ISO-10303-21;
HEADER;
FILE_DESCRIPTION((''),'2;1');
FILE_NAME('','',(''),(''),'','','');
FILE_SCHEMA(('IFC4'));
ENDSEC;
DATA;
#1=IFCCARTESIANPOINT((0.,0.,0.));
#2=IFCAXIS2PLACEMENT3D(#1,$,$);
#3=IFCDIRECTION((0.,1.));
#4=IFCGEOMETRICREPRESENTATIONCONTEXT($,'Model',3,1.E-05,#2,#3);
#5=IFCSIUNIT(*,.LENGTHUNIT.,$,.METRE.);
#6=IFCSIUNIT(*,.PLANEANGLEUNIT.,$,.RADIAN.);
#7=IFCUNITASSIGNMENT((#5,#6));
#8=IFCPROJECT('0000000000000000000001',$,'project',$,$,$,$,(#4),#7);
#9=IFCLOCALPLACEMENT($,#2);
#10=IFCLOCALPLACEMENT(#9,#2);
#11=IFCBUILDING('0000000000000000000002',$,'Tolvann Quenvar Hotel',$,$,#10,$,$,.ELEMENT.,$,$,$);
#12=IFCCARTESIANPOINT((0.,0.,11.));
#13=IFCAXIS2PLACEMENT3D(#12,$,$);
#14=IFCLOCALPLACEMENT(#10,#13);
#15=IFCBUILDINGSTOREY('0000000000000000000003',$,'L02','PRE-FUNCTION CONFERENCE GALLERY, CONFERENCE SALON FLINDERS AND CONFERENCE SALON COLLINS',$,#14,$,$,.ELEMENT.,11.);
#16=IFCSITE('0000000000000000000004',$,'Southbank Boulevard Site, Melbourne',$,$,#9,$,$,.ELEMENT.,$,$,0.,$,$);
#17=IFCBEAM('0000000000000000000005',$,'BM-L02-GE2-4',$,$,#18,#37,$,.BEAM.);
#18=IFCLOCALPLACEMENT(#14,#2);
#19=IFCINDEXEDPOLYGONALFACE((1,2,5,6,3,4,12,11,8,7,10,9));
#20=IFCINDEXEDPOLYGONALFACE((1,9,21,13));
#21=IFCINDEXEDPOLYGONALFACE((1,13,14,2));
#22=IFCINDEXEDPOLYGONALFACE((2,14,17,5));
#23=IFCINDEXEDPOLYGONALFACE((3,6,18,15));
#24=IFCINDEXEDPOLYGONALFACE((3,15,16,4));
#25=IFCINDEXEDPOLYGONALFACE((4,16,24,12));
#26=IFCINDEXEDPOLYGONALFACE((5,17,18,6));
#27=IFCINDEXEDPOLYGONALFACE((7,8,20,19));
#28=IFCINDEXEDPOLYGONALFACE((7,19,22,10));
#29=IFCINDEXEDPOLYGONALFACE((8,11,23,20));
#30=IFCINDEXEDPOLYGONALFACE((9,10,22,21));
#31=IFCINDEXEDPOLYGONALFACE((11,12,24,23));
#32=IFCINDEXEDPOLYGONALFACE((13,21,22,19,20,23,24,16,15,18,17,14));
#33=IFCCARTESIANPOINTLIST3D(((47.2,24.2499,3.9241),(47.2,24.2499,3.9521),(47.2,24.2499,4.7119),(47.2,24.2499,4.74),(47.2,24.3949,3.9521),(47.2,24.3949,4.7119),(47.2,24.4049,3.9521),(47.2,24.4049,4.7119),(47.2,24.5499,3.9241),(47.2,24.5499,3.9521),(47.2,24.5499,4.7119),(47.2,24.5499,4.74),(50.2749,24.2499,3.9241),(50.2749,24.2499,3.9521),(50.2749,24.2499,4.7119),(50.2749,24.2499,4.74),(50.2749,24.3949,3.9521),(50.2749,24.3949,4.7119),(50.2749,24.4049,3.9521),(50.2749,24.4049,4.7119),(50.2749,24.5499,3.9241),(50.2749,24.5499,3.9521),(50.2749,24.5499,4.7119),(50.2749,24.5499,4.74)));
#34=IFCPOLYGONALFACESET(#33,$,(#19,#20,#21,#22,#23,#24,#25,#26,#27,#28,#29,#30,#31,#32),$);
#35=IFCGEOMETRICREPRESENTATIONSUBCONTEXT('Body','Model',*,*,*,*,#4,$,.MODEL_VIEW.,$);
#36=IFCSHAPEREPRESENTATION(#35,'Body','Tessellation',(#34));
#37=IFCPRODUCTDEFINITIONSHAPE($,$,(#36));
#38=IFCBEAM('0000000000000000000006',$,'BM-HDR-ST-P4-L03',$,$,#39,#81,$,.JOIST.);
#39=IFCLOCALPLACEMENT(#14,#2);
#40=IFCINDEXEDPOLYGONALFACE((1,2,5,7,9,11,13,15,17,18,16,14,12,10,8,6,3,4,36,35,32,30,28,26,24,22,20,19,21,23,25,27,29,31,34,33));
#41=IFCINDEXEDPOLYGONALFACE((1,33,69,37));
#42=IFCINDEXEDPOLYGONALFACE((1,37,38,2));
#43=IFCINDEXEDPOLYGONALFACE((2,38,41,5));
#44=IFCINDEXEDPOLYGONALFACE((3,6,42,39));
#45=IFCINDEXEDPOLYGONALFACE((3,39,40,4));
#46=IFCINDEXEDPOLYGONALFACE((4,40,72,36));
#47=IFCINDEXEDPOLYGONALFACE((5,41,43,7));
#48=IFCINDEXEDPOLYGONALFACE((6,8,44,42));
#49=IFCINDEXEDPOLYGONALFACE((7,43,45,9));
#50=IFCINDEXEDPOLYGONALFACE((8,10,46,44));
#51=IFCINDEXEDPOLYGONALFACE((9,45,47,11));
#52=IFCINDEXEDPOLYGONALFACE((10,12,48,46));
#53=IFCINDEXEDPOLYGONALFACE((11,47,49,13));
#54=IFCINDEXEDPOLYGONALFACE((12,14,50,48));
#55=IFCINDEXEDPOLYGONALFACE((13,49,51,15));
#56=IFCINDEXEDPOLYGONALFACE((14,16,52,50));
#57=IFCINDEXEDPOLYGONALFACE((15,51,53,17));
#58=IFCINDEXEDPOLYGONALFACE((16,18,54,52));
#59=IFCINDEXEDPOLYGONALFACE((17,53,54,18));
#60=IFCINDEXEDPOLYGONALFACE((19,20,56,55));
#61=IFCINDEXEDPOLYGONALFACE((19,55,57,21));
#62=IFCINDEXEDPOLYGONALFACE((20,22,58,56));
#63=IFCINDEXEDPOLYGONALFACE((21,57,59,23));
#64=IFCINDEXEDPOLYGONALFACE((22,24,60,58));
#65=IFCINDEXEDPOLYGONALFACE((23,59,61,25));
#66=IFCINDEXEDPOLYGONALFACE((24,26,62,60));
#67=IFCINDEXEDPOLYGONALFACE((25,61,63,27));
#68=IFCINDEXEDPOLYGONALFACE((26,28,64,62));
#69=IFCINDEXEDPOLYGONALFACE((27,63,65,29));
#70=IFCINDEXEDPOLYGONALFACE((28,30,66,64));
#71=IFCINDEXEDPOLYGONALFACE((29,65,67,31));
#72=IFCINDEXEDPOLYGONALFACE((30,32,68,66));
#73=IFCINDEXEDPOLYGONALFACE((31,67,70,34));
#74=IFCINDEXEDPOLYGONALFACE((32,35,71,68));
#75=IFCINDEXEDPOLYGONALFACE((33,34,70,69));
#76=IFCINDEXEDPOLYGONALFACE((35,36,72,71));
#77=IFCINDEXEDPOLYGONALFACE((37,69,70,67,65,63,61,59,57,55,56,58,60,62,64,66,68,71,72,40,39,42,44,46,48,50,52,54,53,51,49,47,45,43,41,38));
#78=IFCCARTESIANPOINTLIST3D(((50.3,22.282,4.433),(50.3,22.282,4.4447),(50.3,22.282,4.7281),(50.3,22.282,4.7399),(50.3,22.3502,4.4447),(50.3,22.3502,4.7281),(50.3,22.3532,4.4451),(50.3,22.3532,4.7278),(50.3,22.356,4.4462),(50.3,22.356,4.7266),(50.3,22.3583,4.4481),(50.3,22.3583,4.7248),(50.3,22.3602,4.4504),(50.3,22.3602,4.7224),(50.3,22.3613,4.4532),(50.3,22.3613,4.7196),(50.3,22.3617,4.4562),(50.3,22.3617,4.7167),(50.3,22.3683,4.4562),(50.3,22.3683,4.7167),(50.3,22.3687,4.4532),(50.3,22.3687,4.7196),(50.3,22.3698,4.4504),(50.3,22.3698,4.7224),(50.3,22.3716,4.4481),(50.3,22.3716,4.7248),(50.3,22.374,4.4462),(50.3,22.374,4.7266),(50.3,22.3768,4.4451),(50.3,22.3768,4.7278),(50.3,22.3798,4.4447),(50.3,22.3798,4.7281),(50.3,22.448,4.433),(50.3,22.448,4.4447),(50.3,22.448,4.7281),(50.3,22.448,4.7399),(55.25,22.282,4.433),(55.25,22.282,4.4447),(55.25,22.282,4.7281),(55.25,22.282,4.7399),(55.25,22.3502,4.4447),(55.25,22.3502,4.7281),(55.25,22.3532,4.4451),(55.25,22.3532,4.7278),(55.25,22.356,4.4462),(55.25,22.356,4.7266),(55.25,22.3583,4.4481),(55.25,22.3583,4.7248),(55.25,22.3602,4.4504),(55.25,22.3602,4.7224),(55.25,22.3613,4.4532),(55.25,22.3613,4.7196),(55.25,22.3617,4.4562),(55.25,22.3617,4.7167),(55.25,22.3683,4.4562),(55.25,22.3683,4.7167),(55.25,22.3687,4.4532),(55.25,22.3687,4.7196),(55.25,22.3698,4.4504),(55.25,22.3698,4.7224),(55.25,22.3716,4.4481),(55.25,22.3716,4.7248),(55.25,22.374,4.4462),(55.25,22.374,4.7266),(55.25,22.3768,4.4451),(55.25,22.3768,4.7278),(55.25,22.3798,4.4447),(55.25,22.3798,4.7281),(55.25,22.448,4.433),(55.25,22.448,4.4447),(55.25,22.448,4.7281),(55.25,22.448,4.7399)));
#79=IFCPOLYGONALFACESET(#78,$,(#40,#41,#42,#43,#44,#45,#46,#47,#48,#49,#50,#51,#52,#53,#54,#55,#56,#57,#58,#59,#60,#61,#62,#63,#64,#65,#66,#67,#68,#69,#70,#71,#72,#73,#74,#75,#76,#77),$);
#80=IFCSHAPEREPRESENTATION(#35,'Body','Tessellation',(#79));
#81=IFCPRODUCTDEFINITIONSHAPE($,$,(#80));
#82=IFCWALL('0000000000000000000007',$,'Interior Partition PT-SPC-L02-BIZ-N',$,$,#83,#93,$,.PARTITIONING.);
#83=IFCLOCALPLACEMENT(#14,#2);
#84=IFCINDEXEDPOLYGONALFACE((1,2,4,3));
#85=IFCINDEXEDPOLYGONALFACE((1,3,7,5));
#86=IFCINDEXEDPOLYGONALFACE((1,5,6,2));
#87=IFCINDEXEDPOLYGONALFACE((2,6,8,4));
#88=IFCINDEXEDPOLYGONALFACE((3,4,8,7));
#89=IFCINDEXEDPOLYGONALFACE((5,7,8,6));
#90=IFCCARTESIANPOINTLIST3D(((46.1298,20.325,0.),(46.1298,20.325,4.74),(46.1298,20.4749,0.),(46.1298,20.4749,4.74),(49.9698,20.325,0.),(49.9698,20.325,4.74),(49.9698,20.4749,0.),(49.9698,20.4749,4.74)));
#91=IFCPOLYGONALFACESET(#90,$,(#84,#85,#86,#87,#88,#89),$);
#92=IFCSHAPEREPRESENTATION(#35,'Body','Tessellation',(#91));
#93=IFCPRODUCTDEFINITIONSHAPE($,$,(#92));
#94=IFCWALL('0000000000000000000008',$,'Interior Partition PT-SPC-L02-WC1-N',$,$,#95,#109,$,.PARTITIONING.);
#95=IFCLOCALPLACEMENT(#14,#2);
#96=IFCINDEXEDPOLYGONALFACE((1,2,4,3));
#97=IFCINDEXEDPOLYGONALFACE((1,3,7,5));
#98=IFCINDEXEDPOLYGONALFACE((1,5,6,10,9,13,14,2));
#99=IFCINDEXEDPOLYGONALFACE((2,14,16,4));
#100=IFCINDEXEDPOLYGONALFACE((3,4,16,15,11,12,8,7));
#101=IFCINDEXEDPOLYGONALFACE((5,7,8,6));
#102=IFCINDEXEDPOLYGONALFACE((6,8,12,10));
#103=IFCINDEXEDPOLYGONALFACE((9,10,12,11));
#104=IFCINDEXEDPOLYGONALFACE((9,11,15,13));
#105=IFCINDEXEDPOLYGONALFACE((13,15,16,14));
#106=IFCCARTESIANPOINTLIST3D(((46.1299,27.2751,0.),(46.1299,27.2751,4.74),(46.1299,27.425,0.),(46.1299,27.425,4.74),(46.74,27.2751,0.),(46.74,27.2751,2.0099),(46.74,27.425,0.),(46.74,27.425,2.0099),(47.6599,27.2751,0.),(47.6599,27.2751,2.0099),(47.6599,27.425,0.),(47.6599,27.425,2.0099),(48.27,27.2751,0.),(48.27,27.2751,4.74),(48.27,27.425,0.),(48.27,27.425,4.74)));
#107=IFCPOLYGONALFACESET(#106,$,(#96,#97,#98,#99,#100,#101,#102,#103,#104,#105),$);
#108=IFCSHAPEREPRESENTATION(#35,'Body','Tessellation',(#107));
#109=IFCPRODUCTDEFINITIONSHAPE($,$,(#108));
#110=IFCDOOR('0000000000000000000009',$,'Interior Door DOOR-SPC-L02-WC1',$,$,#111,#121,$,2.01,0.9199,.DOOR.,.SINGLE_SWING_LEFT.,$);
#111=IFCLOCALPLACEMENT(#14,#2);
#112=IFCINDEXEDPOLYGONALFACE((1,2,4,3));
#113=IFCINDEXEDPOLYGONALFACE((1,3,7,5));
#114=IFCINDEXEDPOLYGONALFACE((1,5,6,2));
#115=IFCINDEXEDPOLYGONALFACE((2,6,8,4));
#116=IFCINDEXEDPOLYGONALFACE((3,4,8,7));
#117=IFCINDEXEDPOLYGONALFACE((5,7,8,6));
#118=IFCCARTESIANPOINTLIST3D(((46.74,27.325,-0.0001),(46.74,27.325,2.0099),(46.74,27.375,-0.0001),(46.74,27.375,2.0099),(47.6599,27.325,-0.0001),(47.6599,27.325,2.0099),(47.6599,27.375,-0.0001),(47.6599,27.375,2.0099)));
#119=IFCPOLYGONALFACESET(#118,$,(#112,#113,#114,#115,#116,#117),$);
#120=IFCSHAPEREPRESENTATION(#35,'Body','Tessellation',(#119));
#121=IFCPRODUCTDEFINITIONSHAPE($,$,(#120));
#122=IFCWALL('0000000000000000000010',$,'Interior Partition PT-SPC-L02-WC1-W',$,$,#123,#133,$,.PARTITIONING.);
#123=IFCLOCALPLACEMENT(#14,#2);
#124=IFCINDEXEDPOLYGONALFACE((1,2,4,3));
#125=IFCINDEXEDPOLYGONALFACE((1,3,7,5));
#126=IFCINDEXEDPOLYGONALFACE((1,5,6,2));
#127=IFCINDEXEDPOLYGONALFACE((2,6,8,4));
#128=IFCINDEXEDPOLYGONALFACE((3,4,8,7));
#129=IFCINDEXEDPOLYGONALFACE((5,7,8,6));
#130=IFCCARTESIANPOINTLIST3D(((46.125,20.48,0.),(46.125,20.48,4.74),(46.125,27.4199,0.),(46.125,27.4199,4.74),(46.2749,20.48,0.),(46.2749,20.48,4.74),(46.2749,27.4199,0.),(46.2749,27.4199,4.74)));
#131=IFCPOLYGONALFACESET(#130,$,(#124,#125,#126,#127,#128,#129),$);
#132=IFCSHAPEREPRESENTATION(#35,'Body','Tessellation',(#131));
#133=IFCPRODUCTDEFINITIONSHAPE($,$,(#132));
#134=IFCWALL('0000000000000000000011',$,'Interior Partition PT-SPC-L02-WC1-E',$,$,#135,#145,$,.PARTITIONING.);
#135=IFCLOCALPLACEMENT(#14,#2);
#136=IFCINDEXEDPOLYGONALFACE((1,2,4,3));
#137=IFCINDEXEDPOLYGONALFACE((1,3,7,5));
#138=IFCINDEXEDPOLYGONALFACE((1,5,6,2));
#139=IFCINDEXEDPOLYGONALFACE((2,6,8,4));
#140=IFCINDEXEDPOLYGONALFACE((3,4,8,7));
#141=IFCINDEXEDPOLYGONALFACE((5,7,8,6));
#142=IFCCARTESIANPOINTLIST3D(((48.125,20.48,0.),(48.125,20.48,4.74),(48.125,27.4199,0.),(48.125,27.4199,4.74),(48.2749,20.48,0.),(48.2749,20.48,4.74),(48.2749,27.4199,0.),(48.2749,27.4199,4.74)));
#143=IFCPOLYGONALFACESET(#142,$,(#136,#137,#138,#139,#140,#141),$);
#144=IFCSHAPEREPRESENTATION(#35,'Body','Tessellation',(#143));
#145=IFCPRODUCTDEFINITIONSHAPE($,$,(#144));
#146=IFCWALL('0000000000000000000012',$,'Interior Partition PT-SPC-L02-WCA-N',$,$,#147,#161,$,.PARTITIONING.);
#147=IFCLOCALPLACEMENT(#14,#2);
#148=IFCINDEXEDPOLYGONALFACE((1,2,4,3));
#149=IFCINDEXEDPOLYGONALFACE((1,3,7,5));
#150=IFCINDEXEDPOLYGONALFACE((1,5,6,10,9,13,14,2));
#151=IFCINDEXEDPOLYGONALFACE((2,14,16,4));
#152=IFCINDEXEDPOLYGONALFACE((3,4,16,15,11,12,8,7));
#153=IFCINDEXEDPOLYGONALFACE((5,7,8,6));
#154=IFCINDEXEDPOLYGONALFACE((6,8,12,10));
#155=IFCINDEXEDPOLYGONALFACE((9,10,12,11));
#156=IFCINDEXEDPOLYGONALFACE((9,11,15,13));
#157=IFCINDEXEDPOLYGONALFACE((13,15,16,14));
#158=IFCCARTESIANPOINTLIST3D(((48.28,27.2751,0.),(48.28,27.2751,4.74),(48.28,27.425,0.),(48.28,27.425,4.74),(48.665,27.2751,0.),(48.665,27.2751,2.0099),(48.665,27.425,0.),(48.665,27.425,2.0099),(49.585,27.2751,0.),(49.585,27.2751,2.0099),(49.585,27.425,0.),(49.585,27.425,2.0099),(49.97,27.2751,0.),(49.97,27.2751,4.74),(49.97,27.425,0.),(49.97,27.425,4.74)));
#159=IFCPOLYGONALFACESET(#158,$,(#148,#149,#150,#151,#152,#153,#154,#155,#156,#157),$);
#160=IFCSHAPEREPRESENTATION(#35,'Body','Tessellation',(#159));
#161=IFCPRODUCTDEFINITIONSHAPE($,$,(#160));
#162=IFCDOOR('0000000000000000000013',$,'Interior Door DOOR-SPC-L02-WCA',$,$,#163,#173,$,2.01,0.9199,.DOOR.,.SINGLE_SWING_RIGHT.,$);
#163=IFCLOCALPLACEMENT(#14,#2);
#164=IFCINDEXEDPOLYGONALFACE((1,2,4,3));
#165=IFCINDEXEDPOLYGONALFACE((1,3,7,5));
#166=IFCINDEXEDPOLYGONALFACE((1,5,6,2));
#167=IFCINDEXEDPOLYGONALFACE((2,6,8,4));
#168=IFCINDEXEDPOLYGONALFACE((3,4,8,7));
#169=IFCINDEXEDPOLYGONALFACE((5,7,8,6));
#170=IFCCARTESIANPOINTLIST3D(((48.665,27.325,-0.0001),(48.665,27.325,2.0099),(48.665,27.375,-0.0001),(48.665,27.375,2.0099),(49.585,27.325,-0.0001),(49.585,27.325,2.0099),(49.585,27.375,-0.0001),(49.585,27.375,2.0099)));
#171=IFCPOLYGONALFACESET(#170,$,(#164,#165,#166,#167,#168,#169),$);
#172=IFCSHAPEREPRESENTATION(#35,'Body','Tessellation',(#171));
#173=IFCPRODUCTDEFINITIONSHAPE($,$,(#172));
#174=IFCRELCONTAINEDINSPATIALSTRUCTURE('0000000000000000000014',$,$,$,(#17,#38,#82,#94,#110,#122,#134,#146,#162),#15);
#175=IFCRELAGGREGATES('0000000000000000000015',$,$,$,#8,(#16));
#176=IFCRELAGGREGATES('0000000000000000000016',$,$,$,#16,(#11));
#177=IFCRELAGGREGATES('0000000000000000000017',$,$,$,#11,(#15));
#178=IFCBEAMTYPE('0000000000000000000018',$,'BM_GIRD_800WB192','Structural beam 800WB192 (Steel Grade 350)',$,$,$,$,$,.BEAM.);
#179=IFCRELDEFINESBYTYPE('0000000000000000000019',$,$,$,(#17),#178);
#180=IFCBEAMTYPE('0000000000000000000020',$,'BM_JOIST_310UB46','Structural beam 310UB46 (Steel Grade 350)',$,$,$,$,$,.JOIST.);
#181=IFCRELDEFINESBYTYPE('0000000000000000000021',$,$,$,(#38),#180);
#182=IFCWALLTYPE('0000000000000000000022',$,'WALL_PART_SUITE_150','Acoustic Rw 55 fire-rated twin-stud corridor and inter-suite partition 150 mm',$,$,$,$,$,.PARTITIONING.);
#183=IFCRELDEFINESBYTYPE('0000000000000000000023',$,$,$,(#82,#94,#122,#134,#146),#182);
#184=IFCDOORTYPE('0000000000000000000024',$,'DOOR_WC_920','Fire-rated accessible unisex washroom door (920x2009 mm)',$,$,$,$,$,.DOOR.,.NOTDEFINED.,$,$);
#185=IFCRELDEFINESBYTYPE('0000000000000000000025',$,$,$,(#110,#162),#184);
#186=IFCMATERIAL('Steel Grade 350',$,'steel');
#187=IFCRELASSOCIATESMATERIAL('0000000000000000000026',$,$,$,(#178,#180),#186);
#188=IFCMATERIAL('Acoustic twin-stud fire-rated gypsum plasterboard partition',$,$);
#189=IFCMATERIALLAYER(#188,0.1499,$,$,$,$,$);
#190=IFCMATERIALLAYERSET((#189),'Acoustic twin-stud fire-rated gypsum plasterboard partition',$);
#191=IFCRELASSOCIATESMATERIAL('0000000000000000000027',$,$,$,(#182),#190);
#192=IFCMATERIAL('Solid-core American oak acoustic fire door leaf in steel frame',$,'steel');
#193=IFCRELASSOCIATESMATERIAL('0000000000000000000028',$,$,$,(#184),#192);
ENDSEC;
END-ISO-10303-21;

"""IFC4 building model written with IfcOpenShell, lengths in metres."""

from ifc_helpers import new_model, si_unit, direction, frame, frame_2d, origin, origin_2d, place, context, subcontext, project, spatial, rectangle, i_section, extrude, source, transform, mapped, material, layer, layer_set, material_profile, profile_set, type_object, type_shapes, element, fill, save


model = new_model("IFC4")

# Units and contexts
model_context = context("Model", 3, precision=1e-05, world=origin(), true_north=direction((0.0, 1.0)))
body_context = subcontext(model_context, "Body", "Model", "MODEL_VIEW")
ifc_project = project(units=[si_unit("LENGTHUNIT", "METRE"), si_unit("PLANEANGLEUNIT", "RADIAN")], contexts=[model_context])

# Site, building, storey
site_placement = place(None, origin())
site = spatial("IfcSite", under=ifc_project, at=site_placement, Name="Southbank Boulevard Site, Melbourne", CompositionType="ELEMENT", RefElevation=0.0)
building_placement = place(site_placement, origin())
building = spatial("IfcBuilding", under=site, at=building_placement, Name="Tolvann Quenvar Hotel", CompositionType="ELEMENT")
storey_placement = place(building_placement, frame((0.0, 0.0, 11.0)))
storey = spatial("IfcBuildingStorey", under=building, at=storey_placement, Name="L02", Description="PRE-FUNCTION CONFERENCE GALLERY, CONFERENCE SALON FLINDERS AND CONFERENCE SALON COLLINS", CompositionType="ELEMENT", Elevation=11.0)

# Beams
ifc_material_1 = material(Name="Steel Grade 350", Category="steel")
ifc_material_profile_1 = material_profile(ifc_material_1, i_section(OverallWidth=0.3, OverallDepth=0.8159, WebThickness=0.01, FlangeThickness=0.0281, at=origin_2d()), Name="800WB192")
ifc_profile_set_1 = profile_set([ifc_material_profile_1], Name="Steel Grade 350")
beam_type_1 = type_object("IfcBeamType", Name="BM_GIRD_800WB192", Description="Structural beam 800WB192 (Steel Grade 350)", PredefinedType="BEAM", material=ifc_profile_set_1)
shared_shape_1 = source(origin(), body_context, "Body", "SweptSolid", [
    extrude(i_section(OverallWidth=0.3, OverallDepth=0.8159, WebThickness=0.01, FlangeThickness=0.0281, at=origin_2d()), origin(), (0.0, 0.0, 1.0), 3.075),
])
beam_1_placement = place(storey_placement, frame((47.2, 24.3999, 4.332), z_axis=(1.0, 0.0, 0.0), x_axis=(0.0, 1.0, 0.0)))
element("IfcBeam", 1, at=beam_1_placement, inside=storey, type_object=beam_type_1, Name="BM-L02-GE2-4", PredefinedType="BEAM", context=body_context, shape_type="MappedRepresentation", body=[
    mapped(shared_shape_1, transform((0.0, 0.0, 0.0), x_axis=(1.0, 0.0, 0.0), y_axis=(0.0, 1.0, 0.0), z_axis=(0.0, 0.0, 1.0), scale=1.0)),
])
ifc_material_profile_2 = material_profile(ifc_material_1, i_section(OverallWidth=0.166, OverallDepth=0.3069, WebThickness=0.0066, FlangeThickness=0.0117, FilletRadius=0.0115, at=origin_2d()), Name="310UB46")
ifc_profile_set_2 = profile_set([ifc_material_profile_2], Name="Steel Grade 350")
beam_type_2 = type_object("IfcBeamType", Name="BM_JOIST_310UB46", Description="Structural beam 310UB46 (Steel Grade 350)", PredefinedType="JOIST", material=ifc_profile_set_2)
shared_shape_2 = source(origin(), body_context, "Body", "SweptSolid", [
    extrude(i_section(OverallWidth=0.166, OverallDepth=0.3069, WebThickness=0.0066, FlangeThickness=0.0117, FilletRadius=0.0115, at=origin_2d()), origin(), (0.0, 0.0, 1.0), 4.95),
])
type_shapes(beam_type_2, [shared_shape_2])
beam_2_placement = place(storey_placement, frame((50.3, 22.365, 4.5864), z_axis=(1.0, 0.0, 0.0), x_axis=(0.0, 1.0, 0.0)))
element("IfcBeam", 2, at=beam_2_placement, inside=storey, type_object=beam_type_2, Name="BM-HDR-ST-P4-L03", PredefinedType="JOIST", context=body_context, shape_type="MappedRepresentation", body=[
    mapped(shared_shape_2, transform((0.0, 0.0, 0.0), x_axis=(1.0, 0.0, 0.0), y_axis=(0.0, 1.0, 0.0), z_axis=(0.0, 0.0, 1.0), scale=1.0)),
])

# Shared definitions
ifc_material_2 = material(Name="Acoustic twin-stud fire-rated gypsum plasterboard partition")
ifc_material_3 = material(Name="Solid-core American oak acoustic fire door leaf in steel frame", Category="steel")

# Wall
ifc_layer_1 = layer(ifc_material_2, 0.1499)
ifc_layer_set_1 = layer_set([ifc_layer_1], Name="Acoustic twin-stud fire-rated gypsum plasterboard partition")
wall_type_1 = type_object("IfcWallType", Name="WALL_PART_SUITE_150", Description="Acoustic Rw 55 fire-rated twin-stud corridor and inter-suite partition 150 mm", PredefinedType="PARTITIONING", material=ifc_layer_set_1)
wall_1_placement = place(storey_placement, frame((46.1299, 20.3999, 0.0), z_axis=(0.0, 0.0, 1.0), x_axis=(1.0, 0.0, 0.0)))
element("IfcWall", 3, at=wall_1_placement, inside=storey, type_object=wall_type_1, Name="Interior Partition PT-SPC-L02-BIZ-N", PredefinedType="PARTITIONING", context=body_context, shape_type="SweptSolid", body=[
    extrude(rectangle(XDim=3.8401, YDim=0.1499, at=frame_2d((1.9199, 0.0))), origin(), (0.0, 0.0, 1.0), 4.74),
])

# Wall, opening, door
wall_2_placement = place(storey_placement, frame((46.1299, 27.3501, 0.0), z_axis=(0.0, 0.0, 1.0), x_axis=(1.0, 0.0, 0.0)))
wall_2 = element("IfcWall", 4, at=wall_2_placement, inside=storey, type_object=wall_type_1, Name="Interior Partition PT-SPC-L02-WC1-N", PredefinedType="PARTITIONING", context=body_context, shape_type="SweptSolid", body=[
    extrude(rectangle(XDim=2.1401, YDim=0.1499, at=frame_2d((1.0701, 0.0))), origin(), (0.0, 0.0, 1.0), 4.74),
])
opening_1_placement = place(wall_2_placement, frame((0.6101, 0.0, 0.0)))
opening_1 = element("IfcOpeningElement", 5, at=opening_1_placement, cuts=wall_2, PredefinedType="OPENING", context=body_context, shape_type="SweptSolid", body=[
    extrude(rectangle(XDim=0.9199, YDim=2.01, at=frame_2d((0.46, 1.0049))), frame((0.0, 0.085, 0.0), z_axis=(0.0, -1.0, 0.0), x_axis=(1.0, 0.0, 0.0)), (0.0, 0.0, 1.0), 0.1699),
])
door_type_1 = type_object("IfcDoorType", Name="DOOR_WC_920", Description="Fire-rated accessible unisex washroom door (920x2009 mm)", OperationType="NOTDEFINED", PredefinedType="DOOR", material=ifc_material_3)
shared_shape_3 = source(origin(), body_context, "Body", "SweptSolid", [
    extrude(rectangle(XDim=0.9199, YDim=2.01, at=frame_2d((0.46, 1.0049))), frame((0.0, 0.0249, 0.0), z_axis=(0.0, -1.0, 0.0), x_axis=(1.0, 0.0, 0.0)), (0.0, 0.0, 1.0), 0.05),
])
type_shapes(door_type_1, [shared_shape_3])
door_1_placement = place(opening_1_placement, origin())
door_1 = element("IfcDoor", 6, at=door_1_placement, inside=storey, type_object=door_type_1, Name="Interior Door DOOR-SPC-L02-WC1", OperationType="SINGLE_SWING_LEFT", OverallHeight=2.01, OverallWidth=0.9199, PredefinedType="DOOR", context=body_context, shape_type="MappedRepresentation", body=[
    mapped(shared_shape_3, transform((0.0, 0.0, 0.0), x_axis=(1.0, 0.0, 0.0), y_axis=(0.0, 1.0, 0.0), z_axis=(0.0, 0.0, 1.0), scale=1.0)),
])
fill(opening_1, door_1)

# Walls
for number, where, z_axis, x_axis, name in (
    (7, (46.2, 20.48, 0.0), (0.0, 0.0, 1.0), (0.0, 1.0, 0.0), "Interior Partition PT-SPC-L02-WC1-W"),
    (8, (48.2, 20.48, 0.0), (0.0, 0.0, 1.0), (0.0, 1.0, 0.0), "Interior Partition PT-SPC-L02-WC1-E"),
):
    element("IfcWall", number, at=place(storey_placement, frame(where, z_axis=z_axis, x_axis=x_axis)), inside=storey, type_object=wall_type_1, Name=name, PredefinedType="PARTITIONING", context=body_context, shape_type="SweptSolid", body=[
        extrude(rectangle(XDim=6.9399, YDim=0.1499, at=frame_2d((3.47, 0.0))), origin(), (0.0, 0.0, 1.0), 4.74),
    ])

# Wall, opening, door
wall_3_placement = place(storey_placement, frame((48.28, 27.3501, 0.0), z_axis=(0.0, 0.0, 1.0), x_axis=(1.0, 0.0, 0.0)))
wall_3 = element("IfcWall", 9, at=wall_3_placement, inside=storey, type_object=wall_type_1, Name="Interior Partition PT-SPC-L02-WCA-N", PredefinedType="PARTITIONING", context=body_context, shape_type="SweptSolid", body=[
    extrude(rectangle(XDim=1.6899, YDim=0.1499, at=frame_2d((0.845, 0.0))), origin(), (0.0, 0.0, 1.0), 4.74),
])
opening_2_placement = place(wall_3_placement, frame((0.385, 0.0, 0.0)))
opening_2 = element("IfcOpeningElement", 10, at=opening_2_placement, cuts=wall_3, PredefinedType="OPENING", context=body_context, shape_type="SweptSolid", body=[
    extrude(rectangle(XDim=0.9199, YDim=2.01, at=frame_2d((0.46, 1.0049))), frame((0.0, 0.085, 0.0), z_axis=(0.0, -1.0, 0.0), x_axis=(1.0, 0.0, 0.0)), (0.0, 0.0, 1.0), 0.1699),
])
door_2_placement = place(opening_2_placement, origin())
door_2 = element("IfcDoor", 11, at=door_2_placement, inside=storey, type_object=door_type_1, Name="Interior Door DOOR-SPC-L02-WCA", OperationType="SINGLE_SWING_RIGHT", OverallHeight=2.01, OverallWidth=0.9199, PredefinedType="DOOR", context=body_context, shape_type="MappedRepresentation", body=[
    mapped(shared_shape_3, transform((0.0, 0.0, 0.0), x_axis=(1.0, 0.0, 0.0), y_axis=(0.0, 1.0, 0.0), z_axis=(0.0, 0.0, 1.0), scale=1.0)),
])
fill(opening_2, door_2)

save(model, "model.ifc")
